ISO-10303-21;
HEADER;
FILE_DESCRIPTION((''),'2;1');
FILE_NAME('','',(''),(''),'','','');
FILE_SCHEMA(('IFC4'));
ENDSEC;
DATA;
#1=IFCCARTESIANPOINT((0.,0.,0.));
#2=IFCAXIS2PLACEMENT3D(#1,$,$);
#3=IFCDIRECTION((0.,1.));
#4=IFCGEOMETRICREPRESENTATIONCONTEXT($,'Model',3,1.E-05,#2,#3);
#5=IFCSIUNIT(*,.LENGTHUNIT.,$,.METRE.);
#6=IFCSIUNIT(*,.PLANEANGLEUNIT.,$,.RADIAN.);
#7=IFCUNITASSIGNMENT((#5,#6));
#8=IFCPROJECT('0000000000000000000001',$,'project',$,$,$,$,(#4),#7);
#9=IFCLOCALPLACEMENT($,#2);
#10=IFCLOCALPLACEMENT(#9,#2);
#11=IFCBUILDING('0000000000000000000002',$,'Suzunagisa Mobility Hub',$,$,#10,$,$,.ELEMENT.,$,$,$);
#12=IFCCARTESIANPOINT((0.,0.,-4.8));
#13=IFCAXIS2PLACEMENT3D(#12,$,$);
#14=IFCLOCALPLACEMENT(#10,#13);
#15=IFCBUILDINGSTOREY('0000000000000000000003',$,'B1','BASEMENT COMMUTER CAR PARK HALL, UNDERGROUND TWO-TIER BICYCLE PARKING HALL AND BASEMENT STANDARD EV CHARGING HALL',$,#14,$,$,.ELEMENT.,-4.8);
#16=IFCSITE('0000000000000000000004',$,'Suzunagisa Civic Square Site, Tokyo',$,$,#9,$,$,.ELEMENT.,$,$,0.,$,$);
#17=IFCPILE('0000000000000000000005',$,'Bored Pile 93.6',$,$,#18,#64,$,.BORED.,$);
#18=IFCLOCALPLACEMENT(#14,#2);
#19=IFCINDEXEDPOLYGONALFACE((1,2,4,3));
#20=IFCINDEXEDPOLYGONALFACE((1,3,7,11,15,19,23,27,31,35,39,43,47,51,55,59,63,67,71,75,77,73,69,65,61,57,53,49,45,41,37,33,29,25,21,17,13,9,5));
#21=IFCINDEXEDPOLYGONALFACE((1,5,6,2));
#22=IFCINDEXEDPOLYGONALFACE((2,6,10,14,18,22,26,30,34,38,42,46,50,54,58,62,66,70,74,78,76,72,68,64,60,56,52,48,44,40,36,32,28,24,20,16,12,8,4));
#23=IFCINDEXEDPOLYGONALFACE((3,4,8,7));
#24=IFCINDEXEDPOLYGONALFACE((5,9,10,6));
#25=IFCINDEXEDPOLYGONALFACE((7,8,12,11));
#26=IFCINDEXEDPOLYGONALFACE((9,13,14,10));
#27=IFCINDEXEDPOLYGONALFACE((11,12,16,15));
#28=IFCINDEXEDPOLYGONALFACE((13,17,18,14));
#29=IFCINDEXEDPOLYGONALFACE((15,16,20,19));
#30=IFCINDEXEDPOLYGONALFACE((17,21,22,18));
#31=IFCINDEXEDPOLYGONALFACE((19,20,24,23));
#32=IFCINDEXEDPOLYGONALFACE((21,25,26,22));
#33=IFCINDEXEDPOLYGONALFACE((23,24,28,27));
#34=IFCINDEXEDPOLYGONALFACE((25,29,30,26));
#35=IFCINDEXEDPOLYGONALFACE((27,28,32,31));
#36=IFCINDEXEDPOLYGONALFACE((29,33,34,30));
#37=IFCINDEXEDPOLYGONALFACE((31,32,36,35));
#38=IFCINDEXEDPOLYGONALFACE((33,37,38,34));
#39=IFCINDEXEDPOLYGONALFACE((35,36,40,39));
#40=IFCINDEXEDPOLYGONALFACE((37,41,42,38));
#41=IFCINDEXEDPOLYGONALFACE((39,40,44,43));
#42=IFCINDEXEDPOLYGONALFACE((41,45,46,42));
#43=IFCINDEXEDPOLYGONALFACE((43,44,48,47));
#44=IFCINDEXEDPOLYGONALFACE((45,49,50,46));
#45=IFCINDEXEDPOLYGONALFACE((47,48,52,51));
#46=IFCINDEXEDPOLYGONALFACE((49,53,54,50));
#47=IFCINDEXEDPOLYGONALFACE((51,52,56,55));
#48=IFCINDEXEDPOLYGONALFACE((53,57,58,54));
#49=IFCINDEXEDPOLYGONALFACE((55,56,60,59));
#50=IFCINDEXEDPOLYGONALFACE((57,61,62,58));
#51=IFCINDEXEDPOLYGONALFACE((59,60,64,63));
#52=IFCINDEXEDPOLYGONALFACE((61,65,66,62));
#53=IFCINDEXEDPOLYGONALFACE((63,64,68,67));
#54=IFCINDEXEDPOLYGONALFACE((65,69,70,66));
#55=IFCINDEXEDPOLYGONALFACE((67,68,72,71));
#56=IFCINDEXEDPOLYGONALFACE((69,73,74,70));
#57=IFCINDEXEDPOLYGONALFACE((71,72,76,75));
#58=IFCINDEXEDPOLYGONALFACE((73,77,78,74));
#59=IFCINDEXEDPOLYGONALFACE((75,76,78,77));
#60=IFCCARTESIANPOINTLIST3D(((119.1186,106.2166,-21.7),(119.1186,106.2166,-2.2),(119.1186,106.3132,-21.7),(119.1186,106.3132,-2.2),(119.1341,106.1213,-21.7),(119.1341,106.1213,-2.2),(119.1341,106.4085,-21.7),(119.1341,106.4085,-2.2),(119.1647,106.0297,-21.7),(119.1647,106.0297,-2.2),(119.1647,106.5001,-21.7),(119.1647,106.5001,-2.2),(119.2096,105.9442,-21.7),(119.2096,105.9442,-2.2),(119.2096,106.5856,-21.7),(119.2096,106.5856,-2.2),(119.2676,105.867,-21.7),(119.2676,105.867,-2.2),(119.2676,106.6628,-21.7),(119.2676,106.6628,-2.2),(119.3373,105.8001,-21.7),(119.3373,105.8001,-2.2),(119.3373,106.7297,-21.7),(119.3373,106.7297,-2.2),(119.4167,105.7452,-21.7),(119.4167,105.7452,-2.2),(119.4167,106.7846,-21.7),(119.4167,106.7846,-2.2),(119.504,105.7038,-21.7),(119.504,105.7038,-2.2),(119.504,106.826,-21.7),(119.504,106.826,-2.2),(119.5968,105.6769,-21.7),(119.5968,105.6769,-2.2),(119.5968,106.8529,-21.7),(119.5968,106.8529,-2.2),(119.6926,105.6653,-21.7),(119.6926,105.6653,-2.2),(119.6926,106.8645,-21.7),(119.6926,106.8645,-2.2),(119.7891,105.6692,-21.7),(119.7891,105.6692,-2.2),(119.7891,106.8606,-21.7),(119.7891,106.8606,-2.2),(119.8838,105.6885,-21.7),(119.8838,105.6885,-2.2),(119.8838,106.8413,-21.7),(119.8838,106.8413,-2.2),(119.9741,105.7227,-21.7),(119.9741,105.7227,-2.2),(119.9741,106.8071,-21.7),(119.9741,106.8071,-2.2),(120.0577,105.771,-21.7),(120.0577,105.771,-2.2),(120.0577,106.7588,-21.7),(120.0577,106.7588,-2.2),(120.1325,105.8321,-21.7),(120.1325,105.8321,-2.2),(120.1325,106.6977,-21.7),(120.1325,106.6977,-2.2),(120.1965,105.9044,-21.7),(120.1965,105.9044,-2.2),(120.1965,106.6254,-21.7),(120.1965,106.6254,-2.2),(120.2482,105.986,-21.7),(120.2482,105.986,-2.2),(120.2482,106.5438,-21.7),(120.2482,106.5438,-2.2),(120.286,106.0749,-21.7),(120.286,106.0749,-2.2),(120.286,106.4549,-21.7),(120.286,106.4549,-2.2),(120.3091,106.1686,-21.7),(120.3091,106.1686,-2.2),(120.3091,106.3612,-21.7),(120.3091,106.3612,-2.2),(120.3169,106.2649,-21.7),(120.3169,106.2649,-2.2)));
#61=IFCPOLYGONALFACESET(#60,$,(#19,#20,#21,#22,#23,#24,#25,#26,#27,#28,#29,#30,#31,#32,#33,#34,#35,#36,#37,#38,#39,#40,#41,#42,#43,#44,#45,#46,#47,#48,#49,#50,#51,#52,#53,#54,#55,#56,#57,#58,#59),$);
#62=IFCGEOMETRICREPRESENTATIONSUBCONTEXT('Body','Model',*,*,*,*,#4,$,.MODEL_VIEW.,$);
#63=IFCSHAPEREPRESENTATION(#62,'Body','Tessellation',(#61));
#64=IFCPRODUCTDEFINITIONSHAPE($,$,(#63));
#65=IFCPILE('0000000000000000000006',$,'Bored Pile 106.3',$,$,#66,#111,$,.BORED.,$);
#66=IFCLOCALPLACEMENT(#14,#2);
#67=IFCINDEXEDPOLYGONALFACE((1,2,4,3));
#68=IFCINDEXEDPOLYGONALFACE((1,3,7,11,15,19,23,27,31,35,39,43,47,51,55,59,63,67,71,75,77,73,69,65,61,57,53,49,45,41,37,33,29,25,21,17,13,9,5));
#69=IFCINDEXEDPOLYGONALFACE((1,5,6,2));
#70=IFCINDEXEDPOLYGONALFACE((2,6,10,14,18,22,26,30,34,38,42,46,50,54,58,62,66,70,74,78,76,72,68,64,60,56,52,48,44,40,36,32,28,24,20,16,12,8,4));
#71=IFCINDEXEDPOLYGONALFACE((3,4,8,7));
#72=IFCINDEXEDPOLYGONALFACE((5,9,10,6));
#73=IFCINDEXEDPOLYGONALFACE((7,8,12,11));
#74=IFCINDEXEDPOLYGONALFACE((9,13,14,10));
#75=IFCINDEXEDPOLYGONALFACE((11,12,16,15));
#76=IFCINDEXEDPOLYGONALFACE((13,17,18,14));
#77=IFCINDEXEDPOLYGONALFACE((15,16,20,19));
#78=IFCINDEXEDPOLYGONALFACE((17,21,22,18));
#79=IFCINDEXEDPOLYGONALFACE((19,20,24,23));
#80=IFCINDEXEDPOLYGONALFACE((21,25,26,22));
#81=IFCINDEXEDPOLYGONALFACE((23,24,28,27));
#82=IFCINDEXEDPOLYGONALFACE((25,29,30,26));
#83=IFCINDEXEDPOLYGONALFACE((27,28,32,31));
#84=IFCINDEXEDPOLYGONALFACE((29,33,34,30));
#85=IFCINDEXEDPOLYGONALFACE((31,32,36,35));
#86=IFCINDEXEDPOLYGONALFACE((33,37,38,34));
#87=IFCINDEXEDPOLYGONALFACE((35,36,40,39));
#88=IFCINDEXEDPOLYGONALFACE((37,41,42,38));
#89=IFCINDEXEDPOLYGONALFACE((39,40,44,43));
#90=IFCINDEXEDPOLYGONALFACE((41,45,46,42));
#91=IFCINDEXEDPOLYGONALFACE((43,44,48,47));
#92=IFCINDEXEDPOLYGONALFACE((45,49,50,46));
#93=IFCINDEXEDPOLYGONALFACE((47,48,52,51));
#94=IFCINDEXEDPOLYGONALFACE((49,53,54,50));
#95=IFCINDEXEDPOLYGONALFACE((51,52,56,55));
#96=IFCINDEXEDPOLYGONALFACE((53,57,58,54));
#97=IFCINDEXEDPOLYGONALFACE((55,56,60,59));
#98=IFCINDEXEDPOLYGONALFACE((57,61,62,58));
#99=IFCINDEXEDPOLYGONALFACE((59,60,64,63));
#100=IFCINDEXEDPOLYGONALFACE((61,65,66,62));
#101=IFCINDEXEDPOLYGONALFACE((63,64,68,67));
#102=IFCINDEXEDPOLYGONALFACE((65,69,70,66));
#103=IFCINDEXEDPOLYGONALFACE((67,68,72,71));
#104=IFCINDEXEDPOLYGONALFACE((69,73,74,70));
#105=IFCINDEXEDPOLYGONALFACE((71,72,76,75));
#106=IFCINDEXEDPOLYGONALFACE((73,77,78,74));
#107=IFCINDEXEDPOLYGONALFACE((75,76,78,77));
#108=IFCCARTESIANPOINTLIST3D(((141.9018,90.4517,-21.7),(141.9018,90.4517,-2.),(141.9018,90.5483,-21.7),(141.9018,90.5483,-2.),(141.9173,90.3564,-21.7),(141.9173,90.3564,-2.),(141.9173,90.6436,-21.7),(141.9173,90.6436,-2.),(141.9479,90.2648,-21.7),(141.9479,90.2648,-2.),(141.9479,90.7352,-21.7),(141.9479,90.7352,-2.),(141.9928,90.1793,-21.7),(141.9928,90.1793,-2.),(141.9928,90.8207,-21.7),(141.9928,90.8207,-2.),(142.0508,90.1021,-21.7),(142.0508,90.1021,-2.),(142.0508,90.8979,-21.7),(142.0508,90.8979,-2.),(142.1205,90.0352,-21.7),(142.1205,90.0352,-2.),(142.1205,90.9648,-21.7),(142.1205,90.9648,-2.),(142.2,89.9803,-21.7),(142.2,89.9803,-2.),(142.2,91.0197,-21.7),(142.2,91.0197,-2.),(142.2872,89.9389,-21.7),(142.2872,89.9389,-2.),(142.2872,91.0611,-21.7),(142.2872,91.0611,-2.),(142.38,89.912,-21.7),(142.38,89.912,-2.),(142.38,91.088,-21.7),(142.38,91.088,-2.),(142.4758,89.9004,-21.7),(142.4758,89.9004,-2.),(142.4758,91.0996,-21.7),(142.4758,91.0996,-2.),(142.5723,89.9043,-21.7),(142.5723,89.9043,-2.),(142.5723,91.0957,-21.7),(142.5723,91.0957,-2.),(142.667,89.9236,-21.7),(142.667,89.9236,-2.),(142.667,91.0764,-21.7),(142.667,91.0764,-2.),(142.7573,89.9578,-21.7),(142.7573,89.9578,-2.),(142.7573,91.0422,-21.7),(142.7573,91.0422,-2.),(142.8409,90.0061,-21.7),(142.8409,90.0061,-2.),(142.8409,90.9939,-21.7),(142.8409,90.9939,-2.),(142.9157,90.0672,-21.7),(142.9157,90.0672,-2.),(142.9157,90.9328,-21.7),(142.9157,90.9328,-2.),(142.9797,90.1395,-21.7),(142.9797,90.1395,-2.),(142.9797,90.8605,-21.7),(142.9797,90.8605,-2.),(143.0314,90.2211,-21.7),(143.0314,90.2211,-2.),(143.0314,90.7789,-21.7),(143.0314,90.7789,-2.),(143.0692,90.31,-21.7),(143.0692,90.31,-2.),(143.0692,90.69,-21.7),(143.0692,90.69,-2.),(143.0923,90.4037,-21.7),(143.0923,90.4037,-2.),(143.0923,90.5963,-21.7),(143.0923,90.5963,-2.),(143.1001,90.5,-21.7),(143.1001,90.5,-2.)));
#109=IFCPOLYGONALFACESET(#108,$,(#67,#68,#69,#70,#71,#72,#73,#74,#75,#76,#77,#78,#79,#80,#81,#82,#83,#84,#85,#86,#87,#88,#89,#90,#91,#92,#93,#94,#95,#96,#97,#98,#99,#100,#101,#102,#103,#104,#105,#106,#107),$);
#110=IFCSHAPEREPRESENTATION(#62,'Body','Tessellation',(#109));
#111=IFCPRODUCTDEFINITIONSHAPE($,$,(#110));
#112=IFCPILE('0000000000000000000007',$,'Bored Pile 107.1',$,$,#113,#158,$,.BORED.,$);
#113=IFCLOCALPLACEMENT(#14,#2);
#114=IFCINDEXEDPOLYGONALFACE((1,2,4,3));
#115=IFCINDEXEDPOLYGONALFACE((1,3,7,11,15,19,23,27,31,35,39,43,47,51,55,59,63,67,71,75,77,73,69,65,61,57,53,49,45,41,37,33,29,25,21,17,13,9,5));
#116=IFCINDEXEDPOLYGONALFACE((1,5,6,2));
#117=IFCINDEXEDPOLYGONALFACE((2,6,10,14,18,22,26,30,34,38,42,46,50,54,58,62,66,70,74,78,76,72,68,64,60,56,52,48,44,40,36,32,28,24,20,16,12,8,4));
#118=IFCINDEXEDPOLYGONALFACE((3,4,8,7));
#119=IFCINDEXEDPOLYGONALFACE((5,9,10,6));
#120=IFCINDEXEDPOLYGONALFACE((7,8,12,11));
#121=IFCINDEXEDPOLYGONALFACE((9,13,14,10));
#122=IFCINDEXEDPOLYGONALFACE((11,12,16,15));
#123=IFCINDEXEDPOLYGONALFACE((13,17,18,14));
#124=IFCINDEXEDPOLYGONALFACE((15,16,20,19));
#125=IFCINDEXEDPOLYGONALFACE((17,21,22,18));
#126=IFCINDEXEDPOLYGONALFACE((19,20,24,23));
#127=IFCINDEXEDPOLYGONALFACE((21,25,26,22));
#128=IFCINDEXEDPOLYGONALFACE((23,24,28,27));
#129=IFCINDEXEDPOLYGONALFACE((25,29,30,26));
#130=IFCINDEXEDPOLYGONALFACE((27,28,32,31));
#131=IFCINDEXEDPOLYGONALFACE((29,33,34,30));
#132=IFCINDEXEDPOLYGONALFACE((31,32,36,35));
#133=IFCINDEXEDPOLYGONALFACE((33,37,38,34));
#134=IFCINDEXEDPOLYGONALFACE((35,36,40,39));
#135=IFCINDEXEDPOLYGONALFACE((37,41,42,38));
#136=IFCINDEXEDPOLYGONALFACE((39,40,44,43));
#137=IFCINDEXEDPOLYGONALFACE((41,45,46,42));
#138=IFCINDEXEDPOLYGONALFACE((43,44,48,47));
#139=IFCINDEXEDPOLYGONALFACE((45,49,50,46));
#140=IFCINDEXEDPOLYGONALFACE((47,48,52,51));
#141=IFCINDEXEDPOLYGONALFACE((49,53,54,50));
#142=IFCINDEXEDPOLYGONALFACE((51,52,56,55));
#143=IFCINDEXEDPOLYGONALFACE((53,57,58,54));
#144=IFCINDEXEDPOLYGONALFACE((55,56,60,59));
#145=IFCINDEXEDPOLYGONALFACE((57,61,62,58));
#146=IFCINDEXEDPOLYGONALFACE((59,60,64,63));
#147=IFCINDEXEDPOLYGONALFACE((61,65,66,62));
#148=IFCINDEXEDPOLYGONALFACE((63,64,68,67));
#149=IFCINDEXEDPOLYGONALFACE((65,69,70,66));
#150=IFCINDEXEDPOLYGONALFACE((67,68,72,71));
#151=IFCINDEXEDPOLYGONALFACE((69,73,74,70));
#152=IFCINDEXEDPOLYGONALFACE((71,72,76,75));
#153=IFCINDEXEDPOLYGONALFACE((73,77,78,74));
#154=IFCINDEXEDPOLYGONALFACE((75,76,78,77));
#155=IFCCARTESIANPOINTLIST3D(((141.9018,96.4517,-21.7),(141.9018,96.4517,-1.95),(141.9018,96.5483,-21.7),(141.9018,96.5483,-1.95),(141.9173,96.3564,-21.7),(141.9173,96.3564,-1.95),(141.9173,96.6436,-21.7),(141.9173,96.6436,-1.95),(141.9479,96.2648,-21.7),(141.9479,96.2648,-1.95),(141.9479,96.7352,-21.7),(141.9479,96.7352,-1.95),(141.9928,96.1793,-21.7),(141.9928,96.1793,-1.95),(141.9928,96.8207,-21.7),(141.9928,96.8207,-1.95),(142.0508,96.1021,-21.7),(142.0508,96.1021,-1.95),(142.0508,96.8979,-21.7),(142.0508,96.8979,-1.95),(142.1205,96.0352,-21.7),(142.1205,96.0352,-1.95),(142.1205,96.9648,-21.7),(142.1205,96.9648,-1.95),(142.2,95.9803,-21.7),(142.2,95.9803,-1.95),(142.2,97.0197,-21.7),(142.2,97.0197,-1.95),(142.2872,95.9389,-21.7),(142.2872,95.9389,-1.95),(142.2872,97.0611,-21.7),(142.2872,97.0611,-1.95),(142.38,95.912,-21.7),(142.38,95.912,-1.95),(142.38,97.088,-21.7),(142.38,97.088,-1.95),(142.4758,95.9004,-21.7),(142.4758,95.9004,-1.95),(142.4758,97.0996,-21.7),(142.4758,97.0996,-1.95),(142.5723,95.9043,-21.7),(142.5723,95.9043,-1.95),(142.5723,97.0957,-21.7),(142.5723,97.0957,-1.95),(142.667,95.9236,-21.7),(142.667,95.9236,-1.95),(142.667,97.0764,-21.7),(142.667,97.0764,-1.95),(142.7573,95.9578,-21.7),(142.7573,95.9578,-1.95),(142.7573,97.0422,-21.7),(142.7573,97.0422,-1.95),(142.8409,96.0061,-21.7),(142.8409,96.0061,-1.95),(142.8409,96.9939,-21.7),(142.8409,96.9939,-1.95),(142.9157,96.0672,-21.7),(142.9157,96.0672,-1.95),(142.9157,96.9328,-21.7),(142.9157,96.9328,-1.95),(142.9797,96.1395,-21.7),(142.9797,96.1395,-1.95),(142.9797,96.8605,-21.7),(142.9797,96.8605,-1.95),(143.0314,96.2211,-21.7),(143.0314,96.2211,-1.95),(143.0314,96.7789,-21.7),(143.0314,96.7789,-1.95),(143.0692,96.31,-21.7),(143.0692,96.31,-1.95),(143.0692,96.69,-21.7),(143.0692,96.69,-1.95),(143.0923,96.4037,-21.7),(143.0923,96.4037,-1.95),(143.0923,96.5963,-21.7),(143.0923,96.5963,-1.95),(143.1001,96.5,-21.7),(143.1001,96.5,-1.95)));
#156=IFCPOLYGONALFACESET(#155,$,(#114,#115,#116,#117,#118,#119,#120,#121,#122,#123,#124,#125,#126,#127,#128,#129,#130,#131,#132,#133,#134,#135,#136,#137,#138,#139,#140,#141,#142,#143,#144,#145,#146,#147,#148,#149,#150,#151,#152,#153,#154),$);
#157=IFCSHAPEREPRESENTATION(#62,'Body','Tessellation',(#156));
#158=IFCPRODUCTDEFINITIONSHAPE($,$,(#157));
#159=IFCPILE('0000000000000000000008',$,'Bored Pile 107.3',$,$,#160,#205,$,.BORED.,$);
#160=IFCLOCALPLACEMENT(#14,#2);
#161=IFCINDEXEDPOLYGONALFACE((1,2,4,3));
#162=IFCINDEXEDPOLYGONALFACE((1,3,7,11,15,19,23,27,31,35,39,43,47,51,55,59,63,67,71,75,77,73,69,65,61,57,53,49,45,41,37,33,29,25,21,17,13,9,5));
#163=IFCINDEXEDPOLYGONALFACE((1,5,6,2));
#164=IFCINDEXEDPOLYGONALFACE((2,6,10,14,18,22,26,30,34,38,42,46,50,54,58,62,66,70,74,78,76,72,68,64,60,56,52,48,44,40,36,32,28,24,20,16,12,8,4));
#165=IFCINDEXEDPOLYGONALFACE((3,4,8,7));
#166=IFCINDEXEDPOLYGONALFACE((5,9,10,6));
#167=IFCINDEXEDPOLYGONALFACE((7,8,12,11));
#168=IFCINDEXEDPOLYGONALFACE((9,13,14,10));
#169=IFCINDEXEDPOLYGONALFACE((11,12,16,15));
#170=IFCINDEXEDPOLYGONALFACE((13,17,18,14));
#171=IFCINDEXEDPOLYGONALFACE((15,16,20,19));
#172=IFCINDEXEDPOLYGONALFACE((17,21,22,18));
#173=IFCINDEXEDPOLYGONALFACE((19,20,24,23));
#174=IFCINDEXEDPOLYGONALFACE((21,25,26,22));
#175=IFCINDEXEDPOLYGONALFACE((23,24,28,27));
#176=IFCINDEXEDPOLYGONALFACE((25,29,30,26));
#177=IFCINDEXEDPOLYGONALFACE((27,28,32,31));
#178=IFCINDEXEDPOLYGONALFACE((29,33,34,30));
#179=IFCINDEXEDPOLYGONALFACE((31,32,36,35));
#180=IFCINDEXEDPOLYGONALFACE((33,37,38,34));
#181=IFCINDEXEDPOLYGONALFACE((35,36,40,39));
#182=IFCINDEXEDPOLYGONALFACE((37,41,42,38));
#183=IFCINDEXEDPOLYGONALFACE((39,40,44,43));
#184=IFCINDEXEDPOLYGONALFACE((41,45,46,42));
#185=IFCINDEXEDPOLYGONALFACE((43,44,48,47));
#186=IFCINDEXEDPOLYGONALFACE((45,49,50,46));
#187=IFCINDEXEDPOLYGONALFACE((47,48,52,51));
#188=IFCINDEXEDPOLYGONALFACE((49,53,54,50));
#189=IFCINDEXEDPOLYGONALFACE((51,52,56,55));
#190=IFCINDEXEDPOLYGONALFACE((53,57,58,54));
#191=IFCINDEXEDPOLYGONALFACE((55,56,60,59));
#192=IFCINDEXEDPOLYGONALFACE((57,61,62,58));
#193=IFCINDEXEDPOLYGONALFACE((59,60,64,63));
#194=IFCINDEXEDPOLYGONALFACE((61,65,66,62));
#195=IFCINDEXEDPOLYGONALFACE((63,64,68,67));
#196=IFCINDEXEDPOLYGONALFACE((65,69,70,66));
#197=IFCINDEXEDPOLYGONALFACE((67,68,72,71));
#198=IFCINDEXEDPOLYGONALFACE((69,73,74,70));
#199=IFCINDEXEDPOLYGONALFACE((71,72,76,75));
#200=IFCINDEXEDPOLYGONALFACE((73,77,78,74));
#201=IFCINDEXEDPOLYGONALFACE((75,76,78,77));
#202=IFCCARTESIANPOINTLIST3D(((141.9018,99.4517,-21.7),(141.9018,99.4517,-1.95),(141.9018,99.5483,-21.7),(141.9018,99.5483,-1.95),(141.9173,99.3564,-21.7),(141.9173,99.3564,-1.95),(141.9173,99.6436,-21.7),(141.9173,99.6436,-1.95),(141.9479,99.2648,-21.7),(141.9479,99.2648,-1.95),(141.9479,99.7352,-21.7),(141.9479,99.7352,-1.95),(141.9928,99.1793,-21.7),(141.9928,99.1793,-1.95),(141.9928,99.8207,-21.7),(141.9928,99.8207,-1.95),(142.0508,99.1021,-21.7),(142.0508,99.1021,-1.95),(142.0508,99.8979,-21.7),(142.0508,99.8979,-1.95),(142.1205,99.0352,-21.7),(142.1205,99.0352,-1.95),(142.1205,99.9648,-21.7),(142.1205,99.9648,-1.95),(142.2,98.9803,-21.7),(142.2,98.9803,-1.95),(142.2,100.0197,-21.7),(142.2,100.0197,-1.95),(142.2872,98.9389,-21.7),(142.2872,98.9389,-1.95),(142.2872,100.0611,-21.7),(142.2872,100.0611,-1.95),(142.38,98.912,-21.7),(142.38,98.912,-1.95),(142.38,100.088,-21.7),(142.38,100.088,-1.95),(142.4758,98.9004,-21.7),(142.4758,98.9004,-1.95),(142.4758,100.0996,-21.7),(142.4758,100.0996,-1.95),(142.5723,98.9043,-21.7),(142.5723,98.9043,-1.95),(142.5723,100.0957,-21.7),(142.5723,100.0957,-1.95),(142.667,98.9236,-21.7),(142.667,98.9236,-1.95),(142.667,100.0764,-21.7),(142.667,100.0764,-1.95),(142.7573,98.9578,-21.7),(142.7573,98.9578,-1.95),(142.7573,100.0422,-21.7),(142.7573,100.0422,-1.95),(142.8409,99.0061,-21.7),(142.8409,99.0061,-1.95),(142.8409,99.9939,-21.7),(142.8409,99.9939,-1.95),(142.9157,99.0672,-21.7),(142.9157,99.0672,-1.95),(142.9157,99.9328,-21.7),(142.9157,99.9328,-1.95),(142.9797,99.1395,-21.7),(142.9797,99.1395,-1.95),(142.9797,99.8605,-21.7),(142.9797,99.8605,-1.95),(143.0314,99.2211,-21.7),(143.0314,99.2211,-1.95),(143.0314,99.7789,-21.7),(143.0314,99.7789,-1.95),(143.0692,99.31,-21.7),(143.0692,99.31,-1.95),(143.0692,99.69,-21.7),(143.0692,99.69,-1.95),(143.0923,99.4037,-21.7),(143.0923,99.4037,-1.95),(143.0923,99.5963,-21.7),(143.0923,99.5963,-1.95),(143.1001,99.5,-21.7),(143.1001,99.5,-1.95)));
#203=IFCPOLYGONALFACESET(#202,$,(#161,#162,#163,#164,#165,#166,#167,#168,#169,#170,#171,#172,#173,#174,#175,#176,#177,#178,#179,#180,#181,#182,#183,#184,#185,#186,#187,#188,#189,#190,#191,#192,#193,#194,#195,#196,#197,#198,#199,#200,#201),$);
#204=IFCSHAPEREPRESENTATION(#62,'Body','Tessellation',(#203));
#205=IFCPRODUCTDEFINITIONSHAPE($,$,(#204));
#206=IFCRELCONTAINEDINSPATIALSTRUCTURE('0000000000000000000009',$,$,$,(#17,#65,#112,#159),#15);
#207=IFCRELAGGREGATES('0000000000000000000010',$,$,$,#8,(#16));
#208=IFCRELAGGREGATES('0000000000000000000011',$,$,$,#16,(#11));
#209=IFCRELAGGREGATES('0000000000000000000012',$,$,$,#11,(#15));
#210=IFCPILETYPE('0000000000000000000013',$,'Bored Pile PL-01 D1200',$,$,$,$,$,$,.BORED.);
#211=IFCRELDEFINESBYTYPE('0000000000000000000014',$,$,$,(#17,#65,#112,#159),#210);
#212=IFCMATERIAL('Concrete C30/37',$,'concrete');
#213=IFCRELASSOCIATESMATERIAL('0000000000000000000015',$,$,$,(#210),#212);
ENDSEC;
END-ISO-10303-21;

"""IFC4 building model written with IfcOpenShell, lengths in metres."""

from ifc_helpers import new_model, si_unit, direction, frame, origin, origin_2d, place, context, subcontext, project, spatial, circle, extrude, material, material_profile, profile_set, type_object, element, save


model = new_model("IFC4")

# Units and contexts
model_context = context("Model", 3, precision=1e-05, world=origin(), true_north=direction((0.0, 1.0)))
body_context = subcontext(model_context, "Body", "Model", "MODEL_VIEW")
ifc_project = project(units=[si_unit("LENGTHUNIT", "METRE"), si_unit("PLANEANGLEUNIT", "RADIAN")], contexts=[model_context])

# Site, building, storey
site_placement = place(None, origin())
site = spatial("IfcSite", under=ifc_project, at=site_placement, Name="Suzunagisa Civic Square Site, Tokyo", CompositionType="ELEMENT", RefElevation=0.0)
building_placement = place(site_placement, origin())
building = spatial("IfcBuilding", under=site, at=building_placement, Name="Suzunagisa Mobility Hub", CompositionType="ELEMENT")
storey_placement = place(building_placement, frame((0.0, 0.0, -4.8)))
storey = spatial("IfcBuildingStorey", under=building, at=storey_placement, Name="B1", Description="BASEMENT COMMUTER CAR PARK HALL, UNDERGROUND TWO-TIER BICYCLE PARKING HALL AND BASEMENT STANDARD EV CHARGING HALL", CompositionType="ELEMENT", Elevation=-4.8)

# Piles
ifc_material_1 = material(Name="Concrete C30/37", Category="concrete")
ifc_material_profile_1 = material_profile(ifc_material_1, circle(Radius=0.6001, at=origin_2d()), Name="BORED PILE D1200")
ifc_profile_set_1 = profile_set([ifc_material_profile_1], Name="Concrete C30/37")
pile_type_1 = type_object("IfcPileType", Name="Bored Pile PL-01 D1200", PredefinedType="BORED", material=ifc_profile_set_1)
pile_1_placement = place(storey_placement, frame((119.7168, 106.2649, -2.2), z_axis=(0.0, 0.0, -1.0), x_axis=(1.0, 0.0, 0.0)))
element("IfcPile", 1, at=pile_1_placement, inside=storey, type_object=pile_type_1, Name="Bored Pile 93.6", PredefinedType="BORED", context=body_context, shape_type="SweptSolid", body=[
    extrude(circle(Radius=0.6001, at=origin_2d()), origin(), (0.0, 0.0, 1.0), 19.5),
])
pile_2_placement = place(storey_placement, frame((142.5, 90.5, -2.0), z_axis=(0.0, 0.0, -1.0), x_axis=(1.0, 0.0, 0.0)))
element("IfcPile", 2, at=pile_2_placement, inside=storey, type_object=pile_type_1, Name="Bored Pile 106.3", PredefinedType="BORED", context=body_context, shape_type="SweptSolid", body=[
    extrude(circle(Radius=0.6001, at=origin_2d()), origin(), (0.0, 0.0, 1.0), 19.7),
])
for number, where, z_axis, x_axis, name in (
    (3, (142.5, 96.5, -1.95), (0.0, 0.0, -1.0), (1.0, 0.0, 0.0), "Bored Pile 107.1"),
    (4, (142.5, 99.5, -1.95), (0.0, 0.0, -1.0), (1.0, 0.0, 0.0), "Bored Pile 107.3"),
):
    element("IfcPile", number, at=place(storey_placement, frame(where, z_axis=z_axis, x_axis=x_axis)), inside=storey, type_object=pile_type_1, Name=name, PredefinedType="BORED", context=body_context, shape_type="SweptSolid", body=[
        extrude(circle(Radius=0.6001, at=origin_2d()), origin(), (0.0, 0.0, 1.0), 19.75),
    ])

save(model, "model.ifc")
